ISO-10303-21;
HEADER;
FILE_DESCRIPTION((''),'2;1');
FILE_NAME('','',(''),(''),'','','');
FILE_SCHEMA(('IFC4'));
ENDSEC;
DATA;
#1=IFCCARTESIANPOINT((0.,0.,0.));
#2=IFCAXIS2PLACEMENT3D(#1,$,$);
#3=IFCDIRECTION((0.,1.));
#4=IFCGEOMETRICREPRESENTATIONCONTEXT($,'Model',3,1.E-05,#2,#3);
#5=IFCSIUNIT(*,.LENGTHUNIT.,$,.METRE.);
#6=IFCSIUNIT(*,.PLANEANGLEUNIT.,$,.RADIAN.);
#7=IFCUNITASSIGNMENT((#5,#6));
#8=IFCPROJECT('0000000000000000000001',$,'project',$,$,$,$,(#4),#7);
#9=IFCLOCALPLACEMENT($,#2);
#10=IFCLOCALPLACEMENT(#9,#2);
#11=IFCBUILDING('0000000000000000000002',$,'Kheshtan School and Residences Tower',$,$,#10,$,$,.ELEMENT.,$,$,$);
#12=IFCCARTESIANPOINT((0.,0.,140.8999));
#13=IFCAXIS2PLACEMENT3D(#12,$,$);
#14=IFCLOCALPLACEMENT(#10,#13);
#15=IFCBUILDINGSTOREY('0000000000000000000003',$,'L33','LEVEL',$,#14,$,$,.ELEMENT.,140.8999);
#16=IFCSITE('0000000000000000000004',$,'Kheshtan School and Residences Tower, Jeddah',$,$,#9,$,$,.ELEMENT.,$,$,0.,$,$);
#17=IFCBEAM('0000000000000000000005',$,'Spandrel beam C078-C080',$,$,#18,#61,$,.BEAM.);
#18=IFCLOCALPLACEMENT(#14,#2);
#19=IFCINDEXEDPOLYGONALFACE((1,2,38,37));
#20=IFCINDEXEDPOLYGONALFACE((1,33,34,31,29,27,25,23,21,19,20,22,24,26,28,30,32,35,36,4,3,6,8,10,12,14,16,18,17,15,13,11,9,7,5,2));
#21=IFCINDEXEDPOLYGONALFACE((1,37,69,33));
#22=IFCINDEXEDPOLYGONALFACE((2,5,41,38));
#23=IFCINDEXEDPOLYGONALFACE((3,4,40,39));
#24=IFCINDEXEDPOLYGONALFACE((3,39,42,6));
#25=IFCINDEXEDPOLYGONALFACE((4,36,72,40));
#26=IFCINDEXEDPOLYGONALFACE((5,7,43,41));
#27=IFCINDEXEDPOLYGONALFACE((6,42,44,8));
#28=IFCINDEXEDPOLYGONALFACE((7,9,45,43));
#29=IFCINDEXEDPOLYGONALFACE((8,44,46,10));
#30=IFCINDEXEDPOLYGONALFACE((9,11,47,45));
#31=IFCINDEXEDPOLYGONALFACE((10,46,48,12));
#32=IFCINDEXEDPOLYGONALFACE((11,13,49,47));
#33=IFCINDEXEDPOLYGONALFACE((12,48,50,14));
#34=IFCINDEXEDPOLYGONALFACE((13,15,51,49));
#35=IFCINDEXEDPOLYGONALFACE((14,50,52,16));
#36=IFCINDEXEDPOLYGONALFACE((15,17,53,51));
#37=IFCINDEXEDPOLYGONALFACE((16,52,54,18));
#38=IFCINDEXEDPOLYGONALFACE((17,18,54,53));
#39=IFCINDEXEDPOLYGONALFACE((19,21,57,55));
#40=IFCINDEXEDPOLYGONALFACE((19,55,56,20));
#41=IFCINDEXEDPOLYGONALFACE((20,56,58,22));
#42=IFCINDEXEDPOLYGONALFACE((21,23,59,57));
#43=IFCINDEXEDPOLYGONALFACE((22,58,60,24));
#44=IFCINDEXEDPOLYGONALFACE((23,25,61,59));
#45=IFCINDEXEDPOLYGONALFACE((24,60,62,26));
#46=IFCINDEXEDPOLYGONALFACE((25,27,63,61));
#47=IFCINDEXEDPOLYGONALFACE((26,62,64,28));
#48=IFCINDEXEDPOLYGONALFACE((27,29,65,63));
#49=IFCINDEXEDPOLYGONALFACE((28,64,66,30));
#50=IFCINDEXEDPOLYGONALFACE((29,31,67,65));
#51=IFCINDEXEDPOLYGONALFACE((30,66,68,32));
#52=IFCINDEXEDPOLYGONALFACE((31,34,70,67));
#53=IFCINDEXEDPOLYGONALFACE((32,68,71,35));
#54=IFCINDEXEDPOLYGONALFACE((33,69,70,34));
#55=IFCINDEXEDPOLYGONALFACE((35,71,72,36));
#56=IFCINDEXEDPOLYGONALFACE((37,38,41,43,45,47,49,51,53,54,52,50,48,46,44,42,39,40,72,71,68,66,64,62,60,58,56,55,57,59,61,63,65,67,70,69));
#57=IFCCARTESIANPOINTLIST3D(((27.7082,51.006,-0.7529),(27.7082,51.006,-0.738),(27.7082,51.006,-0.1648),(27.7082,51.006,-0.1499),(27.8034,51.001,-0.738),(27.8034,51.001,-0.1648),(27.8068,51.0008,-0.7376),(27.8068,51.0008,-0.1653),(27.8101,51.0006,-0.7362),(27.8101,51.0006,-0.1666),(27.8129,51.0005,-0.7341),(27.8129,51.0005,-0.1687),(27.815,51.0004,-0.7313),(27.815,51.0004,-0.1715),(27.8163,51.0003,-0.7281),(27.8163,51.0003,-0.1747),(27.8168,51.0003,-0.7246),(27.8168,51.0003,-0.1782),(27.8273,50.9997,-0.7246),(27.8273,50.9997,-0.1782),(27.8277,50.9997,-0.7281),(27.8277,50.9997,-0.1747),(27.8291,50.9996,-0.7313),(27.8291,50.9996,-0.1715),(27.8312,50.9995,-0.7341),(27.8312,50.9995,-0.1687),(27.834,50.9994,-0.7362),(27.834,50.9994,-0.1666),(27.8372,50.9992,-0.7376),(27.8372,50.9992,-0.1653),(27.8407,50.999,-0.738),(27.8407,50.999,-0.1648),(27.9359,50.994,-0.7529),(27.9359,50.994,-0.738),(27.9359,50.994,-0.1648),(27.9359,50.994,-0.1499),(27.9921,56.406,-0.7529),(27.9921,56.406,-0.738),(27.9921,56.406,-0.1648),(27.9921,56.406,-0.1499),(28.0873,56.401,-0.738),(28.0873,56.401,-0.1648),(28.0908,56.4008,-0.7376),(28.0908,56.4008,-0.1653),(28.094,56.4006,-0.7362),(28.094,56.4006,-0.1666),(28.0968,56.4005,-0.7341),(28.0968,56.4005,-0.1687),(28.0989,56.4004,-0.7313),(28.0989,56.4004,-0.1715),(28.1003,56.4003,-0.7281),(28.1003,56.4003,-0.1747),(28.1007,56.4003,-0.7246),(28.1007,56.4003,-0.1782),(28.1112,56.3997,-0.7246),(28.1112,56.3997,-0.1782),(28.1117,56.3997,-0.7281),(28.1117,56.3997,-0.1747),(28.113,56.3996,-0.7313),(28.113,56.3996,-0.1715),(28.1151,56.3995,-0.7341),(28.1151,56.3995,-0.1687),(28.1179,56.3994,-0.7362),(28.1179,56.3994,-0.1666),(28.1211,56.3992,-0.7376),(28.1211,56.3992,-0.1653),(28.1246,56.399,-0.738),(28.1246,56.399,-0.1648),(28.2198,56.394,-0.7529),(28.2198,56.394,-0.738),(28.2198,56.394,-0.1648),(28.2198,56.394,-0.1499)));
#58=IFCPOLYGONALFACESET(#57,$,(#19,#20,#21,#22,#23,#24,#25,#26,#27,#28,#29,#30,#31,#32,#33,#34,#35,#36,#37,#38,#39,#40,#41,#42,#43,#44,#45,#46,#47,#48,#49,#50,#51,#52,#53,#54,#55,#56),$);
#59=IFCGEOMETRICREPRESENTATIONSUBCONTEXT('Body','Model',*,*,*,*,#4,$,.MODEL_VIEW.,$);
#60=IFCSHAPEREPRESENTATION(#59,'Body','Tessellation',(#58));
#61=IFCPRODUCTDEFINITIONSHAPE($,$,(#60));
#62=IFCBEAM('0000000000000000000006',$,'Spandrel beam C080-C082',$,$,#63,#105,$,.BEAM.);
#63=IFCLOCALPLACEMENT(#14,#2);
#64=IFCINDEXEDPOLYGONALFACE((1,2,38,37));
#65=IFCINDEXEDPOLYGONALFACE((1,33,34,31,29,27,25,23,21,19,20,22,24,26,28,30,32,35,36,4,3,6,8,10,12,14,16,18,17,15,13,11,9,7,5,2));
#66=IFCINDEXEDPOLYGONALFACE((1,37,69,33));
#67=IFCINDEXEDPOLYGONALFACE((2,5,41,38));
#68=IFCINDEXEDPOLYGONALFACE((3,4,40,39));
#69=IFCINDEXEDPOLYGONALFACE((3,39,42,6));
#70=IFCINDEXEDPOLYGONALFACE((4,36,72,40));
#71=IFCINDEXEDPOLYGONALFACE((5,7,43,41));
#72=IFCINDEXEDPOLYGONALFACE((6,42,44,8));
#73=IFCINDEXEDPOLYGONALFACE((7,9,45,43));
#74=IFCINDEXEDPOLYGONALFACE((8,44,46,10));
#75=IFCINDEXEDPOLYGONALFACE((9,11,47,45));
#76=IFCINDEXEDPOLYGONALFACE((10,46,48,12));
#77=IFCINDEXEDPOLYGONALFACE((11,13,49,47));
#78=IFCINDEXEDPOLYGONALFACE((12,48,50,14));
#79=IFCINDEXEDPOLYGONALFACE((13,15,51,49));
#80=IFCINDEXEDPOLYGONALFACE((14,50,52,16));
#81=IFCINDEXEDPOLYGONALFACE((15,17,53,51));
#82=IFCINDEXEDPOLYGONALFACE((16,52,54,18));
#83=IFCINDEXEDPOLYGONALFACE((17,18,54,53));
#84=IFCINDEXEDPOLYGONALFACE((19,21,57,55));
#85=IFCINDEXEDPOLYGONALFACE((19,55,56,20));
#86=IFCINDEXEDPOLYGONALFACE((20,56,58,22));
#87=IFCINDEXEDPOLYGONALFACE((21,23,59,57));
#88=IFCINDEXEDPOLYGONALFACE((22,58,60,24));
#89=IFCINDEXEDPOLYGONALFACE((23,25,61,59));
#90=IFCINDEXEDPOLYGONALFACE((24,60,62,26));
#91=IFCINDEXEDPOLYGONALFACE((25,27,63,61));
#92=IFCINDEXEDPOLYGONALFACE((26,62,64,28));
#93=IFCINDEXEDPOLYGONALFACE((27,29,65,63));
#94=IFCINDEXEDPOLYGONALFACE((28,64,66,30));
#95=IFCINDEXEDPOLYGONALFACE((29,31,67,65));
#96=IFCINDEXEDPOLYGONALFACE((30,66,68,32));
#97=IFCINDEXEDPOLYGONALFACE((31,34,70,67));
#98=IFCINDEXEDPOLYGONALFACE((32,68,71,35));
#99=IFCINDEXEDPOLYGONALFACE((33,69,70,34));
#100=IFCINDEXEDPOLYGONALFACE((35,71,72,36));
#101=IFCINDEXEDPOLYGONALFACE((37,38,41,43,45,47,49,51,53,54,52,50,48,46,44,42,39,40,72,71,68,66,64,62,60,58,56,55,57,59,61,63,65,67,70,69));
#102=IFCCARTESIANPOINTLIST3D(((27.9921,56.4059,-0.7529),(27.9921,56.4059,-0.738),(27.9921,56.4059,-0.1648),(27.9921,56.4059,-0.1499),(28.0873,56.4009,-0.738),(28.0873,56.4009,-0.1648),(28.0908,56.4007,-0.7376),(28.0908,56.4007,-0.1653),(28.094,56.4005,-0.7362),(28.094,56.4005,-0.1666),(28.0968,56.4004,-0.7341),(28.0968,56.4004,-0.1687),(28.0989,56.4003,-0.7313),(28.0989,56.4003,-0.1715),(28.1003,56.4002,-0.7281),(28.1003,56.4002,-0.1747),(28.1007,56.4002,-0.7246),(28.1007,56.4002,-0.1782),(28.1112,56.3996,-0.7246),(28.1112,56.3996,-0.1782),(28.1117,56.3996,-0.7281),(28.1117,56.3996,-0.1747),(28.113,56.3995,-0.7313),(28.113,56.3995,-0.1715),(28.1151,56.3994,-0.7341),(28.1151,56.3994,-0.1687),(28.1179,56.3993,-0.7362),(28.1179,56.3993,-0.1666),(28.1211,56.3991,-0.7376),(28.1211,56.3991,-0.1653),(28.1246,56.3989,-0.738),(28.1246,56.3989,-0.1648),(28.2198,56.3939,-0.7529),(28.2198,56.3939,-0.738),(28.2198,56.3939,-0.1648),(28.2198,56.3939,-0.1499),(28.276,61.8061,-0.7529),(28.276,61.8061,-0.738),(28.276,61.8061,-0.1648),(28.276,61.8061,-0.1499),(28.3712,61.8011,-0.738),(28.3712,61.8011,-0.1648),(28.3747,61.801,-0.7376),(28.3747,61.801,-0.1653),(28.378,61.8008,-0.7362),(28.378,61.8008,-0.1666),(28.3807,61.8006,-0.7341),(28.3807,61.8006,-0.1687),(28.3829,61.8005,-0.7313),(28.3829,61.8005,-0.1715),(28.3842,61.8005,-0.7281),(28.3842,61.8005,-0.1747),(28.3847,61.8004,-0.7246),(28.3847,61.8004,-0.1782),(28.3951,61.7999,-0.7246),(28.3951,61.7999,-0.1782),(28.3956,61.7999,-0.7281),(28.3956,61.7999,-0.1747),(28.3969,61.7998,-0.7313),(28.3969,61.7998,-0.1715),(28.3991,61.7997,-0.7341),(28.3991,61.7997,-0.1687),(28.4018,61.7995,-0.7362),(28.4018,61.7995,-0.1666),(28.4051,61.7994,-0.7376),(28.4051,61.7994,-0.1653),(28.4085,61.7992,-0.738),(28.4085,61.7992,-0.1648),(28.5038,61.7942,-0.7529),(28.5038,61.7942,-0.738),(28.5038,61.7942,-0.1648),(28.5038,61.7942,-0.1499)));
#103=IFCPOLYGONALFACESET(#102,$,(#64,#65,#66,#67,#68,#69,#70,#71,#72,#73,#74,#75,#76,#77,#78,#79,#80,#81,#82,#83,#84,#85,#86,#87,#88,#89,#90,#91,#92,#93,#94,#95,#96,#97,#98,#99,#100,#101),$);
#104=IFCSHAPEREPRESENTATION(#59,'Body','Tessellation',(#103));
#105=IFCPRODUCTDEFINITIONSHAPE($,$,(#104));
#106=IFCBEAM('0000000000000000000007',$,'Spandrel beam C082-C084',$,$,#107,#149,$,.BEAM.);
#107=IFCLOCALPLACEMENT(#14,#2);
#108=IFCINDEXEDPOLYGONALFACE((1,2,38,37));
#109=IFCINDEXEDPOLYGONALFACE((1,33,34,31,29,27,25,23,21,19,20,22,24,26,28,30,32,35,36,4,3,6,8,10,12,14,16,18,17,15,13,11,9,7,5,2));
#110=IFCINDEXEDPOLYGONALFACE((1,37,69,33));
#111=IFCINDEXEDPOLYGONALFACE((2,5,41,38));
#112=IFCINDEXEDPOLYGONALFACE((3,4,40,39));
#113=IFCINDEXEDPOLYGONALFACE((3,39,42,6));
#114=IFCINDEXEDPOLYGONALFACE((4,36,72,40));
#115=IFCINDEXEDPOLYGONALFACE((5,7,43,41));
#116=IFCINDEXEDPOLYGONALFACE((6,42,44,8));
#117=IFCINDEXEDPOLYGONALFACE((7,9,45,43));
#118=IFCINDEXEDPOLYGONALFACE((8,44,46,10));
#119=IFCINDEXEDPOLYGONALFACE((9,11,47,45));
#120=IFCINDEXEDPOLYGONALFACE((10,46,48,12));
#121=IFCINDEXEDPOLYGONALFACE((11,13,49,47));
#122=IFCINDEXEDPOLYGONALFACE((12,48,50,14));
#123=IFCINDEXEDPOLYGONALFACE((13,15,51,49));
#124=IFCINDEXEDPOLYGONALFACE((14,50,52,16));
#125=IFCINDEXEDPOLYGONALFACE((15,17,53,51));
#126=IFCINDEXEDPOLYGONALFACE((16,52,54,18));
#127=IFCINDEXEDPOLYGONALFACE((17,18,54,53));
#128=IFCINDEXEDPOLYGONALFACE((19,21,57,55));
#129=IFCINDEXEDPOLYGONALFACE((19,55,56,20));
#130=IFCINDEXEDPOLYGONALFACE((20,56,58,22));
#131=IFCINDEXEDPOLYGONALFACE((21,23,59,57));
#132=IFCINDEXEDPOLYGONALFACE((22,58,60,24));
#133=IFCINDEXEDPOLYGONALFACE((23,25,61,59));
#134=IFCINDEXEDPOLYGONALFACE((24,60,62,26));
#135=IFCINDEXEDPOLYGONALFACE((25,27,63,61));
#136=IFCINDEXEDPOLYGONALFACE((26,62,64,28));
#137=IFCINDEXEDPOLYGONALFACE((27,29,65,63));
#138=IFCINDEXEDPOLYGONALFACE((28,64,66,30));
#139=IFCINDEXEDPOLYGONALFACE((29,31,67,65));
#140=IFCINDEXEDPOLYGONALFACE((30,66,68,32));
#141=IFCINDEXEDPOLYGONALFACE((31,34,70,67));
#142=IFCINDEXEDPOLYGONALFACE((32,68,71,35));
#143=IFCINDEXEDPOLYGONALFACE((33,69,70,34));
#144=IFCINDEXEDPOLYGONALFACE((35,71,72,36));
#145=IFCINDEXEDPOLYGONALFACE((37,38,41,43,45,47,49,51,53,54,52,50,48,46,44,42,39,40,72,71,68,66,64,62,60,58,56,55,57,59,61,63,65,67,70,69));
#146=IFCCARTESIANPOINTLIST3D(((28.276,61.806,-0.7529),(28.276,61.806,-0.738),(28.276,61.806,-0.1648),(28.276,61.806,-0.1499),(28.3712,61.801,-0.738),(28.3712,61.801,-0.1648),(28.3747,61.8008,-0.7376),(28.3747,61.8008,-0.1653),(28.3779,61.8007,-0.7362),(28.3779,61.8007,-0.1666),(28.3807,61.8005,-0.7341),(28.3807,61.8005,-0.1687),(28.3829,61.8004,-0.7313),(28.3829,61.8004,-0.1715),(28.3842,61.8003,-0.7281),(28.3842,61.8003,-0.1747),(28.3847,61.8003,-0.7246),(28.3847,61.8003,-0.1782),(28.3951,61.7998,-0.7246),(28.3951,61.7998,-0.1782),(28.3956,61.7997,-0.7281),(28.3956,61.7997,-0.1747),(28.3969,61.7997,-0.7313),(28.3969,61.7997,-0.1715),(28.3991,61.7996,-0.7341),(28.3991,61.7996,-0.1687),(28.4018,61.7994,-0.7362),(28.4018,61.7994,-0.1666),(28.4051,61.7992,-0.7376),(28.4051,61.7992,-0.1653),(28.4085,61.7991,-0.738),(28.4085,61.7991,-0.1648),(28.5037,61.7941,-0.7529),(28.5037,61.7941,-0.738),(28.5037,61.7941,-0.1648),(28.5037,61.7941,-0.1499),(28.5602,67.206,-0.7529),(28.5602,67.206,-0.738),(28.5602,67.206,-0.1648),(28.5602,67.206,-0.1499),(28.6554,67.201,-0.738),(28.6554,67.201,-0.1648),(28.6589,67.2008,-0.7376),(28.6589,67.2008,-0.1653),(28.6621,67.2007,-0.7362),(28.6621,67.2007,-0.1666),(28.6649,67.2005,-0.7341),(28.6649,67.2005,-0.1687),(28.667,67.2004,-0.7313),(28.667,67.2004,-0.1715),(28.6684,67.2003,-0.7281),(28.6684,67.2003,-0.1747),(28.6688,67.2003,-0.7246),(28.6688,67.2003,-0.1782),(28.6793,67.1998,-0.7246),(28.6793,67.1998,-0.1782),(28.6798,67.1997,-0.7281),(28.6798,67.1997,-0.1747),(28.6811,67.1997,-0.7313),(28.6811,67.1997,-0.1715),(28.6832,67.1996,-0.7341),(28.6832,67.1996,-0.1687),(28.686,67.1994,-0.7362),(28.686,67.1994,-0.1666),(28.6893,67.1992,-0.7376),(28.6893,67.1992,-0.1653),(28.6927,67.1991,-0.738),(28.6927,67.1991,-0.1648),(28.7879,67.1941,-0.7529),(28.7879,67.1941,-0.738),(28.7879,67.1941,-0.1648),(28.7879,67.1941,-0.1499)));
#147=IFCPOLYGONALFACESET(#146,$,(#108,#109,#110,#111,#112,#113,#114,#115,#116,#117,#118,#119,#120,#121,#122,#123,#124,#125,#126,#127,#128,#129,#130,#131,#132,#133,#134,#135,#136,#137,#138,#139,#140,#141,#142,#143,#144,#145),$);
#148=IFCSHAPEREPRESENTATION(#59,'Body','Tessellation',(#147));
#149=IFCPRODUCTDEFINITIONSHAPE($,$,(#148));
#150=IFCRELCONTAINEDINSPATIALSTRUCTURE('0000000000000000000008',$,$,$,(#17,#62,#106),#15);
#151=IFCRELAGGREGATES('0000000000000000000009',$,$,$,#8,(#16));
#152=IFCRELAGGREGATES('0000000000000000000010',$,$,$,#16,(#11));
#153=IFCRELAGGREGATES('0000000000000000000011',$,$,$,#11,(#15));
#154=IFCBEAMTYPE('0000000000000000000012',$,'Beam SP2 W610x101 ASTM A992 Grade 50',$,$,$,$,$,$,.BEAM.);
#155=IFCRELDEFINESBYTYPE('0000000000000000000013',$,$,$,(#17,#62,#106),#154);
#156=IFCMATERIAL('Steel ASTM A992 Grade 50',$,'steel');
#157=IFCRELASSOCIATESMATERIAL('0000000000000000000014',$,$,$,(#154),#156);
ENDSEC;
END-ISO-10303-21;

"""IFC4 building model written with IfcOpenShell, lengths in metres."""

from ifc_helpers import new_model, si_unit, direction, frame, origin, origin_2d, place, context, subcontext, project, spatial, i_section, extrude, material, material_profile, profile_set, type_object, element, save


model = new_model("IFC4")

# Units and contexts
model_context = context("Model", 3, precision=1e-05, world=origin(), true_north=direction((0.0, 1.0)))
body_context = subcontext(model_context, "Body", "Model", "MODEL_VIEW")
ifc_project = project(units=[si_unit("LENGTHUNIT", "METRE"), si_unit("PLANEANGLEUNIT", "RADIAN")], contexts=[model_context])

# Site, building, storey
site_placement = place(None, origin())
site = spatial("IfcSite", under=ifc_project, at=site_placement, Name="Kheshtan School and Residences Tower, Jeddah", CompositionType="ELEMENT", RefElevation=0.0)
building_placement = place(site_placement, origin())
building = spatial("IfcBuilding", under=site, at=building_placement, Name="Kheshtan School and Residences Tower", CompositionType="ELEMENT")
storey_placement = place(building_placement, frame((0.0, 0.0, 140.8999)))
storey = spatial("IfcBuildingStorey", under=building, at=storey_placement, Name="L33", Description="LEVEL", CompositionType="ELEMENT", Elevation=140.8999)

# Shared definitions
ifc_material_1 = material(Name="Steel ASTM A992 Grade 50", Category="steel")

# Beams
ifc_material_profile_1 = material_profile(ifc_material_1, i_section(OverallWidth=0.228, OverallDepth=0.603, WebThickness=0.0105, FlangeThickness=0.0149, FilletRadius=0.0134, at=origin_2d()), Name="W610x101")
ifc_profile_set_1 = profile_set([ifc_material_profile_1], Name="Steel ASTM A992 Grade 50")
beam_type_1 = type_object("IfcBeamType", Name="Beam SP2 W610x101 ASTM A992 Grade 50", PredefinedType="BEAM", material=ifc_profile_set_1)
beam_1_placement = place(storey_placement, frame((27.822, 51.0, -0.4514), z_axis=(0.052509, 0.99862, 0.0), x_axis=(-0.99862, 0.052509, 0.0)))
element("IfcBeam", 1, at=beam_1_placement, inside=storey, type_object=beam_type_1, Name="Spandrel beam C078-C080", PredefinedType="BEAM", context=body_context, shape_type="SweptSolid", body=[
    extrude(i_section(OverallWidth=0.228, OverallDepth=0.603, WebThickness=0.0105, FlangeThickness=0.0149, FilletRadius=0.0134, at=origin_2d()), origin(), (0.0, 0.0, 1.0), 5.4075),
])
beam_2_placement = place(storey_placement, frame((28.106, 56.3999, -0.4514), z_axis=(0.052507, 0.998621, 0.0), x_axis=(-0.998621, 0.052507, 0.0)))
element("IfcBeam", 2, at=beam_2_placement, inside=storey, type_object=beam_type_1, Name="Spandrel beam C080-C082", PredefinedType="BEAM", context=body_context, shape_type="SweptSolid", body=[
    extrude(i_section(OverallWidth=0.228, OverallDepth=0.603, WebThickness=0.0105, FlangeThickness=0.0149, FilletRadius=0.0134, at=origin_2d()), origin(), (0.0, 0.0, 1.0), 5.4077),
])
beam_3_placement = place(storey_placement, frame((28.3899, 61.8, -0.4514), z_axis=(0.052554, 0.998618, 0.0), x_axis=(-0.998618, 0.052554, 0.0)))
element("IfcBeam", 3, at=beam_3_placement, inside=storey, type_object=beam_type_1, Name="Spandrel beam C082-C084", PredefinedType="BEAM", context=body_context, shape_type="SweptSolid", body=[
    extrude(i_section(OverallWidth=0.228, OverallDepth=0.603, WebThickness=0.0105, FlangeThickness=0.0149, FilletRadius=0.0134, at=origin_2d()), origin(), (0.0, 0.0, 1.0), 5.4075),
])

save(model, "model.ifc")
